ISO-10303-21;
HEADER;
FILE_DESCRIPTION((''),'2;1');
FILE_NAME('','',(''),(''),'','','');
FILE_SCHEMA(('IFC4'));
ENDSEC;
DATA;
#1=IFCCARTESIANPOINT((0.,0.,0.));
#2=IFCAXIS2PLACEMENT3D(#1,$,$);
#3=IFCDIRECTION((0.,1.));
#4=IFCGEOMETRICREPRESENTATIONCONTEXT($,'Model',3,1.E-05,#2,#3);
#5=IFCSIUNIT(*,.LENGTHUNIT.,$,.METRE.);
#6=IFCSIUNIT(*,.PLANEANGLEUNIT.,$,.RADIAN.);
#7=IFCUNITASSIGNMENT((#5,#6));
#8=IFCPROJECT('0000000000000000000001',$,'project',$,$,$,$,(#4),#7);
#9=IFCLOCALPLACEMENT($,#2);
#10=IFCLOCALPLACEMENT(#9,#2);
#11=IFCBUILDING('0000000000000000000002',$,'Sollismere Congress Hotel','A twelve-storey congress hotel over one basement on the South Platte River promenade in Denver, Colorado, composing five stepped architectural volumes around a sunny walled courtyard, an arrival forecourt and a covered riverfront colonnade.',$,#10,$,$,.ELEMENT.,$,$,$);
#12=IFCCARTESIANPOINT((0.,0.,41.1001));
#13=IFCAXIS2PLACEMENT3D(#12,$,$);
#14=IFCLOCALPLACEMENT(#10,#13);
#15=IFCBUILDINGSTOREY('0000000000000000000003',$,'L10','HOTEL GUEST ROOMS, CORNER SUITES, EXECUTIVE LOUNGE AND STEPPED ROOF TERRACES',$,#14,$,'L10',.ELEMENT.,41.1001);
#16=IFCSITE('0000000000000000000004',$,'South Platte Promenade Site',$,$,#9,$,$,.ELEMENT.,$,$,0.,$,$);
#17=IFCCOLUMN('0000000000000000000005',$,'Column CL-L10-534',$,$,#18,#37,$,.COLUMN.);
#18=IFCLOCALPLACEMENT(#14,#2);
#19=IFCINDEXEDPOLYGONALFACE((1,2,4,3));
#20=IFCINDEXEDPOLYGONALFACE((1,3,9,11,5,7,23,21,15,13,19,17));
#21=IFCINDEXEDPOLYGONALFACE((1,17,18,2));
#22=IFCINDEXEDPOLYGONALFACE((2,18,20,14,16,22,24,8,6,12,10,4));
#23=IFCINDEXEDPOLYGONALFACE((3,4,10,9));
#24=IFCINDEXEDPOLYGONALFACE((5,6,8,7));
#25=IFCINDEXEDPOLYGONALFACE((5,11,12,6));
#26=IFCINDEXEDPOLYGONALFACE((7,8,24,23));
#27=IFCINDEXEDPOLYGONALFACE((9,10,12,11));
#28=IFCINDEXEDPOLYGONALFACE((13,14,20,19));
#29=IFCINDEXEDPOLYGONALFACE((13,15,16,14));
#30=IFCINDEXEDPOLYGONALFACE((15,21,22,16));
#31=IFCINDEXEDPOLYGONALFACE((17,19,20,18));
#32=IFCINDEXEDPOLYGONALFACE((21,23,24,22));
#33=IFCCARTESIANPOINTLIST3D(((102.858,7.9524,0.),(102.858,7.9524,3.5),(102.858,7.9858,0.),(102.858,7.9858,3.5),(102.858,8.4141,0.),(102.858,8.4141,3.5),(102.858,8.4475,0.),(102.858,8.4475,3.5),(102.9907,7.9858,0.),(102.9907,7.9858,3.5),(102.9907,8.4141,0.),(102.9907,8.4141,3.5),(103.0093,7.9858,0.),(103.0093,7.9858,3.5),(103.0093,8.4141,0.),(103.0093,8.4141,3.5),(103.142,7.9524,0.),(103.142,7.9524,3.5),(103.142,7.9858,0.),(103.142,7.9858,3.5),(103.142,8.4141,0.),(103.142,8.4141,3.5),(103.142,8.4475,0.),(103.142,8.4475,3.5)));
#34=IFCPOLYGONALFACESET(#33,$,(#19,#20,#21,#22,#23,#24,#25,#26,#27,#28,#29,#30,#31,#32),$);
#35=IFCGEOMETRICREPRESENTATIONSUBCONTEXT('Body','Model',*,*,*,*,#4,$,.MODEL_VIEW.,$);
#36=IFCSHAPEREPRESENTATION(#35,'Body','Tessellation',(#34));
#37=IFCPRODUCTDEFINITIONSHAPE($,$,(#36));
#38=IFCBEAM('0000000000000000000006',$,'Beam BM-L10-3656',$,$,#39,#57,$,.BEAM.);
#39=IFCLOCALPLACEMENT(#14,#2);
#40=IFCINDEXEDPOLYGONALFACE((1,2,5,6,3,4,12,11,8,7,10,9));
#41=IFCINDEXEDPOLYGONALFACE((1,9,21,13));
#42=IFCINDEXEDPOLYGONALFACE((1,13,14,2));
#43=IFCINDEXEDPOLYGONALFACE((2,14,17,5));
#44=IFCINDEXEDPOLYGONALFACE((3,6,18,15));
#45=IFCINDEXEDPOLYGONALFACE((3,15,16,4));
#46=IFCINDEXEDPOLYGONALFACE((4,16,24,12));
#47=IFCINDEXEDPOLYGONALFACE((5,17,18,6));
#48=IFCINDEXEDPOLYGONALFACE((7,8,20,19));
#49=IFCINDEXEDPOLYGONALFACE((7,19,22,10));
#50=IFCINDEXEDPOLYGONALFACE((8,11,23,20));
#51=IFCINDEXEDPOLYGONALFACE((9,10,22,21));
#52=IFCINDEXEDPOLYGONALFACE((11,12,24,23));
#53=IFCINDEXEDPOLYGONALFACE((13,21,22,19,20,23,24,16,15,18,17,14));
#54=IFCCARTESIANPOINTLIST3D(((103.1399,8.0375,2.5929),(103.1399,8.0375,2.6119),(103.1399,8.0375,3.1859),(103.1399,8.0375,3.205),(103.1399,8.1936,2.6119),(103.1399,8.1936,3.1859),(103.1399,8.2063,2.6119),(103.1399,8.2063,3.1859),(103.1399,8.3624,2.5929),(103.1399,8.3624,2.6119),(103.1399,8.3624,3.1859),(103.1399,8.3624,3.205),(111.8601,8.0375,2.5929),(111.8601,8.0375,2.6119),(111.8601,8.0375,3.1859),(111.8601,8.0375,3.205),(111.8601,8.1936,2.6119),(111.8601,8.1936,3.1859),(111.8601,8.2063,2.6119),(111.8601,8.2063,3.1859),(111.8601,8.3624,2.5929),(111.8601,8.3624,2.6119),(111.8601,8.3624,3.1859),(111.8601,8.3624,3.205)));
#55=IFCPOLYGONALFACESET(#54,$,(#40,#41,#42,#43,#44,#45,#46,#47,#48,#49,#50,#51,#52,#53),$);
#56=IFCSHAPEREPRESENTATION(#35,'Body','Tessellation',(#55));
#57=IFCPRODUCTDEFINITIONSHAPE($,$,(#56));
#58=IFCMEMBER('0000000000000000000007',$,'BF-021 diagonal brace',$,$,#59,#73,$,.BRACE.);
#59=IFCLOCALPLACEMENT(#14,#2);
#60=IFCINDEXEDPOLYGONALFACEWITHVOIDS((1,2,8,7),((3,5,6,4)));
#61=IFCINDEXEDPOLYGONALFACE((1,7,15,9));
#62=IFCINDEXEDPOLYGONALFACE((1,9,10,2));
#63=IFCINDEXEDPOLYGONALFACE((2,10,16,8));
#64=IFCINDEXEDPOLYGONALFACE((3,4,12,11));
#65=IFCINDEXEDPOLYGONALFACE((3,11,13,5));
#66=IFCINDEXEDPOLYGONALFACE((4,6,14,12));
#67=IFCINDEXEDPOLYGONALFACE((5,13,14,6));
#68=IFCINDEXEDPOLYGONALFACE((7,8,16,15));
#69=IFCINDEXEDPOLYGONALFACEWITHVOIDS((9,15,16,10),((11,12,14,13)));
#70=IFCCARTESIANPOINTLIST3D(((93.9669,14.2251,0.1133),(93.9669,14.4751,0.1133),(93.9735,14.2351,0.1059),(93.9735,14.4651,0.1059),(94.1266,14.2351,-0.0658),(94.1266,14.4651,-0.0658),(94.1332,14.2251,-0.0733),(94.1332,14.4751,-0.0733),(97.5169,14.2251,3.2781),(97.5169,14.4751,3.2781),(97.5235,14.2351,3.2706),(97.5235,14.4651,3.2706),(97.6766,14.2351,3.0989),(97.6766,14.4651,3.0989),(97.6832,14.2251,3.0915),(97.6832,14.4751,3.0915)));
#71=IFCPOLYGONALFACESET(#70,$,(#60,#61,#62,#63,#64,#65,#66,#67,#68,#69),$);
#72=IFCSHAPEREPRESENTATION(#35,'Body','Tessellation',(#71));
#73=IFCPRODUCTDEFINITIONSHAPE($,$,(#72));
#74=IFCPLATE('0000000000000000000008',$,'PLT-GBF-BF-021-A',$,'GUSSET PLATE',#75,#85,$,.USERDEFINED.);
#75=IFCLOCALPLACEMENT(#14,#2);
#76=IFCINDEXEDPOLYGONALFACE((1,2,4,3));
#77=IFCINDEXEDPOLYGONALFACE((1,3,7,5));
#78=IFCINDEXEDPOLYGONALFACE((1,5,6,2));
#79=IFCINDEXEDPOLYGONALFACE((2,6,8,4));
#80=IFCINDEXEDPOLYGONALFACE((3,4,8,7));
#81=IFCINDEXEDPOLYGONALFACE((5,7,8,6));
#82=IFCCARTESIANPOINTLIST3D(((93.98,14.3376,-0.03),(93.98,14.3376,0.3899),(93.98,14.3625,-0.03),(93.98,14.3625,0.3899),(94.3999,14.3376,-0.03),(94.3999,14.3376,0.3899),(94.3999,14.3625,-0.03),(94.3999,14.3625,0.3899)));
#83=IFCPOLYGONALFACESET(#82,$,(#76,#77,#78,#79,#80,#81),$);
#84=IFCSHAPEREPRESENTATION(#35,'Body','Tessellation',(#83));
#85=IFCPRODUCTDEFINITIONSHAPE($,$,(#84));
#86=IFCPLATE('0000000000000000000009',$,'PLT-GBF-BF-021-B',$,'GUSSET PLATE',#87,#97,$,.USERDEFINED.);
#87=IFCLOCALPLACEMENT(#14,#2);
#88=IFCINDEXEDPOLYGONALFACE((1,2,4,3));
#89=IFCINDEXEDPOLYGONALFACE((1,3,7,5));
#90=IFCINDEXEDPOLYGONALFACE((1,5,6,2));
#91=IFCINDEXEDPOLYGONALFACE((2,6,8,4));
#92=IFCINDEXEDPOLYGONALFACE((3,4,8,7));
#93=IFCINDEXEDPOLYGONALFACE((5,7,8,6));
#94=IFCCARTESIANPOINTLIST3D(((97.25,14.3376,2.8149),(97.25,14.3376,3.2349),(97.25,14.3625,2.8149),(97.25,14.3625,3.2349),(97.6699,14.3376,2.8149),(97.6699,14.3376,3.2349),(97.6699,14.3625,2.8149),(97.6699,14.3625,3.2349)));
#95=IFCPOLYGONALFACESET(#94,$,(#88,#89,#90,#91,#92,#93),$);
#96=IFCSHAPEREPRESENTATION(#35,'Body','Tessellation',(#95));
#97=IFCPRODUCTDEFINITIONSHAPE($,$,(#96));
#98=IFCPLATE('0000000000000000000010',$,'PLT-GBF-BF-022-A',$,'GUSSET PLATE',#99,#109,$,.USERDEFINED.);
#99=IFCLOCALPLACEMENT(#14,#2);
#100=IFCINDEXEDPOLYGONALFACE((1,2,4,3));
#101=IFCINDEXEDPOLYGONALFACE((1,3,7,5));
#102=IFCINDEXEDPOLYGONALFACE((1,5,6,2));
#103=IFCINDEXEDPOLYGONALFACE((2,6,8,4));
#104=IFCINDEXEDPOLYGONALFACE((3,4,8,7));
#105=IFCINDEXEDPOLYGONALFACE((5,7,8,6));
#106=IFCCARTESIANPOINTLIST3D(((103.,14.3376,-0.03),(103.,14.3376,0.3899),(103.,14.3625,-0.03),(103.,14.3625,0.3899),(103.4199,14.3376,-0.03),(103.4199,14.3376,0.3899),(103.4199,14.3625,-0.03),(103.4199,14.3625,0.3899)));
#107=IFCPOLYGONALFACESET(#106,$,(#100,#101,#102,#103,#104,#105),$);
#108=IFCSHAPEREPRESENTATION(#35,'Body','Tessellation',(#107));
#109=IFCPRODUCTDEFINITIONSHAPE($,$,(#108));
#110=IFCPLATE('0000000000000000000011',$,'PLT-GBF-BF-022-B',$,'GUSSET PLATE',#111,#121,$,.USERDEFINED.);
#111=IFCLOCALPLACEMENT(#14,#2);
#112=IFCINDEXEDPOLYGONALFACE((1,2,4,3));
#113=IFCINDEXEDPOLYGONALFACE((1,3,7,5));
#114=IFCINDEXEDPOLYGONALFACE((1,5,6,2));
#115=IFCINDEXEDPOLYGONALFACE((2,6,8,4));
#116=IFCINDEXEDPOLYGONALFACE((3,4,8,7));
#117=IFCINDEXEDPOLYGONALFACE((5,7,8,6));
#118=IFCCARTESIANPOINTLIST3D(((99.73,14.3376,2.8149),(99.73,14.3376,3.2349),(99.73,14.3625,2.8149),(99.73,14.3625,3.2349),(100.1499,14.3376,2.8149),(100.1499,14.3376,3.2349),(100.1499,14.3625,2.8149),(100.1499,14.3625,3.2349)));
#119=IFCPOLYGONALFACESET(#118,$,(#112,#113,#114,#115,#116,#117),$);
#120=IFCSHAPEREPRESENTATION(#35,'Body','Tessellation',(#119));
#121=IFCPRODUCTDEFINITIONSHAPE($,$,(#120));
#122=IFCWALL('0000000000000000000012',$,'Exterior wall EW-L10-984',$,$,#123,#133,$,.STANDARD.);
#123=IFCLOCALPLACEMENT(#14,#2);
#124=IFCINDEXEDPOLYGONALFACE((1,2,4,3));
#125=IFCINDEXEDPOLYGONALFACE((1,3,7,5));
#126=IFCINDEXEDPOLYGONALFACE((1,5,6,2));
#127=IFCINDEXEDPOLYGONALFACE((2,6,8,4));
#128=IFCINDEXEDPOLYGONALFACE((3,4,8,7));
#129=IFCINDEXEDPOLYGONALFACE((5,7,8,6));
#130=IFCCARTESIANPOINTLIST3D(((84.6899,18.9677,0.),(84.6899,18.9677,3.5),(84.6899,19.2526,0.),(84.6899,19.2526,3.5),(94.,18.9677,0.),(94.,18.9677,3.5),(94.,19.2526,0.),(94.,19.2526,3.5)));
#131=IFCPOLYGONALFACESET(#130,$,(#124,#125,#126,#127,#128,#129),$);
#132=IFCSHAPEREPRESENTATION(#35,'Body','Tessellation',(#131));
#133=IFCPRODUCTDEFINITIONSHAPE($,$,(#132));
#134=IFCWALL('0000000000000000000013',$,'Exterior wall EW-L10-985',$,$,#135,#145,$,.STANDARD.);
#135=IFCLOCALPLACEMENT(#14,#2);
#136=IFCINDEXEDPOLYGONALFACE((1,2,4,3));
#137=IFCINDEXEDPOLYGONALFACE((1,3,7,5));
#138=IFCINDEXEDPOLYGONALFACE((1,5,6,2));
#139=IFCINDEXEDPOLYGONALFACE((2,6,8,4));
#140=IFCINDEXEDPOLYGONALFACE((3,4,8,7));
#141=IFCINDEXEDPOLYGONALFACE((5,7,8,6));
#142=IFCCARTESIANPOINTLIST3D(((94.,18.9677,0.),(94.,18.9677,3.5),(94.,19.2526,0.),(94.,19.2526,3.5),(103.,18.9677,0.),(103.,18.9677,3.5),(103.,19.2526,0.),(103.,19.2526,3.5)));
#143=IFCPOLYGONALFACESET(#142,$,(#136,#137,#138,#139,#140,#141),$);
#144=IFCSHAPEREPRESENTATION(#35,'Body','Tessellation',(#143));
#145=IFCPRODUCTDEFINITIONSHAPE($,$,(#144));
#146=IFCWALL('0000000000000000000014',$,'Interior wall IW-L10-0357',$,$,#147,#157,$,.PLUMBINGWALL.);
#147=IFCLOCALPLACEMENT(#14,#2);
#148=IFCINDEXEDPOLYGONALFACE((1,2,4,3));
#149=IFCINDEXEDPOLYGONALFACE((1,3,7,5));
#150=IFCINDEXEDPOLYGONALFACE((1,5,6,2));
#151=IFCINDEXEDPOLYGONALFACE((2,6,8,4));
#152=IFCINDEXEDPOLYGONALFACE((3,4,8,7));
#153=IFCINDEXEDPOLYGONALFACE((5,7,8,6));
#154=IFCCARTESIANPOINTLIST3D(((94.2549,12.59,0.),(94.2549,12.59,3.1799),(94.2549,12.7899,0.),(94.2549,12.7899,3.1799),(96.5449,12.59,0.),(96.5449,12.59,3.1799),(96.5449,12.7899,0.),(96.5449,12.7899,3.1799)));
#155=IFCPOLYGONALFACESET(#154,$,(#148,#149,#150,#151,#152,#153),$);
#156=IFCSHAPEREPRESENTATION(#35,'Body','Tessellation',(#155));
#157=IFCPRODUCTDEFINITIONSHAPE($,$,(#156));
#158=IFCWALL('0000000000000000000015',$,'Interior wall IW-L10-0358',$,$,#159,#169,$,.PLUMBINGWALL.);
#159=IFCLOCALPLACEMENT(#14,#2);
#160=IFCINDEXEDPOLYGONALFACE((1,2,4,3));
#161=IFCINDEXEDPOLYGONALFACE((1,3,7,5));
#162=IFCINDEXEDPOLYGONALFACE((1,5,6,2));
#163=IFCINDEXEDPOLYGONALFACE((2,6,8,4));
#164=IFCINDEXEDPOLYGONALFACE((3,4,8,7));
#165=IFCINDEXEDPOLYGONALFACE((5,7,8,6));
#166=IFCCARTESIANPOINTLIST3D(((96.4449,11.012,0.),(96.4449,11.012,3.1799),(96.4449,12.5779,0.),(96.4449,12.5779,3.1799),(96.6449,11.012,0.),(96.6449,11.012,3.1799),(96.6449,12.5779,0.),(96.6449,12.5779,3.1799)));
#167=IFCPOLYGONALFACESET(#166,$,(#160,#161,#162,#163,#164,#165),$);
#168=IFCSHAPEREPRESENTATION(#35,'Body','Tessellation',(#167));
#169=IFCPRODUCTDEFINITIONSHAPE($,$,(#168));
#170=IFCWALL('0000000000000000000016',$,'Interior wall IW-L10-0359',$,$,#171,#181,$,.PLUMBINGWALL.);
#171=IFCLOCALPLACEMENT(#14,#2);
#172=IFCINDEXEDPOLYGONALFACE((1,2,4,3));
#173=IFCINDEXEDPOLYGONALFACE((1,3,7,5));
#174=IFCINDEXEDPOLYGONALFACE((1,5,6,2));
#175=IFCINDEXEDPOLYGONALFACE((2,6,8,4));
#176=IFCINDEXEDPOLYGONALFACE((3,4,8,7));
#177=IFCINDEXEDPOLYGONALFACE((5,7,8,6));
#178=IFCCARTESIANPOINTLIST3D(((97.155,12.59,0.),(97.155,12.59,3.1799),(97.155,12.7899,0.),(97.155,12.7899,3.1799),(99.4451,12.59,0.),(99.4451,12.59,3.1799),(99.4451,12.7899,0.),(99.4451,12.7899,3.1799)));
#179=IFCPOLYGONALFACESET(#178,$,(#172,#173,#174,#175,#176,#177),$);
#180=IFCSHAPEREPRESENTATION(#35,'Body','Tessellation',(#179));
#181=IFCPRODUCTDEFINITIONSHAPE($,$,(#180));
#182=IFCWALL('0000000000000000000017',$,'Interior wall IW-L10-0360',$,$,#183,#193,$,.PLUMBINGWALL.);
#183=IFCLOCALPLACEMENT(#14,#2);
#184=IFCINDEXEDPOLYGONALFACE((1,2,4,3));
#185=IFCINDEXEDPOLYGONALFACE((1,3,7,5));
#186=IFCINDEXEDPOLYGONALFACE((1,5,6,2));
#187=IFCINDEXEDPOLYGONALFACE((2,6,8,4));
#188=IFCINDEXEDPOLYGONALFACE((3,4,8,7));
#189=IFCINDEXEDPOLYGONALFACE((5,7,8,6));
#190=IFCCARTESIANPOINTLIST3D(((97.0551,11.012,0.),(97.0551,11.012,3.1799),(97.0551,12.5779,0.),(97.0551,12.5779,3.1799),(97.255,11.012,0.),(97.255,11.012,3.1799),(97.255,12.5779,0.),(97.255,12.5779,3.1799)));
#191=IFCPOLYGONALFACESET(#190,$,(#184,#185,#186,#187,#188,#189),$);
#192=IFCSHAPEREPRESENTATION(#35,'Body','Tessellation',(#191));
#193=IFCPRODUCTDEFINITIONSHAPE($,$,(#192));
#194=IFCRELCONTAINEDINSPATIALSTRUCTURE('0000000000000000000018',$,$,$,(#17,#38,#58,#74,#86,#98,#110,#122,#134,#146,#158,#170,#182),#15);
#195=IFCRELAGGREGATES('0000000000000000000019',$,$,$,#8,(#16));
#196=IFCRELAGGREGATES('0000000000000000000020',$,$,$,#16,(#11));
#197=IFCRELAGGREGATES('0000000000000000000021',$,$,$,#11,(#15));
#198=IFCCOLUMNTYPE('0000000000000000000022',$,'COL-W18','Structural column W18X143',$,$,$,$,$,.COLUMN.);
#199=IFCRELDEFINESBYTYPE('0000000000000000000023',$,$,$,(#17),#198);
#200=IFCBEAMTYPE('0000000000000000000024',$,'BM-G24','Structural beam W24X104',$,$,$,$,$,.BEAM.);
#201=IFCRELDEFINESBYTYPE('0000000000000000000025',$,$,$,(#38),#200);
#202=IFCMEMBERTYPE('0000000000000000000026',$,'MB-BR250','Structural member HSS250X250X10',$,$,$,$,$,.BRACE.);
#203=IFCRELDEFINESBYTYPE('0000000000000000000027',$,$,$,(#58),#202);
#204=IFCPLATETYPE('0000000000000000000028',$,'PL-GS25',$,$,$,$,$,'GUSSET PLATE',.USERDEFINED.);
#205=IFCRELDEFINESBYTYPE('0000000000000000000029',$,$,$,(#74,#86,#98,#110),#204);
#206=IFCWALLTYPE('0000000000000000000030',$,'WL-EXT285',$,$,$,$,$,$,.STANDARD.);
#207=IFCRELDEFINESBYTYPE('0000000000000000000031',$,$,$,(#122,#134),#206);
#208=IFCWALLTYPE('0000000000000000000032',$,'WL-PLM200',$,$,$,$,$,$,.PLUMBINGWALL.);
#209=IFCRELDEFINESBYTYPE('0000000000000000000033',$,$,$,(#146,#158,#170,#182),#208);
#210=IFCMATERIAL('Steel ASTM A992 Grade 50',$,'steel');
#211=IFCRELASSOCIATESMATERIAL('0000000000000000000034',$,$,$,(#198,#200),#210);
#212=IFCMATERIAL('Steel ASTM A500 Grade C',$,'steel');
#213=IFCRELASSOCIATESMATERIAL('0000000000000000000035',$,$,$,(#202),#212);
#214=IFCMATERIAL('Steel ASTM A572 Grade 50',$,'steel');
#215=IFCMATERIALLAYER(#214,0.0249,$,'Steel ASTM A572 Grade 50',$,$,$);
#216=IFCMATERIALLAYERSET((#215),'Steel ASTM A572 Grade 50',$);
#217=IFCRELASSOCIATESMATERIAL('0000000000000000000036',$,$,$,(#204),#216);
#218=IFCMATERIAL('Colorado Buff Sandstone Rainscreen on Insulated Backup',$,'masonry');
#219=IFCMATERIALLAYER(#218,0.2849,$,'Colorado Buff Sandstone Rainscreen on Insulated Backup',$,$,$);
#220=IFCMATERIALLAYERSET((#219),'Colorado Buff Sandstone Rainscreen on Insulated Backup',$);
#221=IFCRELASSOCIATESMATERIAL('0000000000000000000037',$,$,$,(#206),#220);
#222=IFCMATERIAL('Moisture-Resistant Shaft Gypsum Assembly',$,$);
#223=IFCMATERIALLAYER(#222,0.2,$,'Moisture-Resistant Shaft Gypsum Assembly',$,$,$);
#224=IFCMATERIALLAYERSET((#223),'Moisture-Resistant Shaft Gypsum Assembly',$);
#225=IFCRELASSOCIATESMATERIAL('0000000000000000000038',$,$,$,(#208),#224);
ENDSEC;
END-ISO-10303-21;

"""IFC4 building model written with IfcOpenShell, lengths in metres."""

from ifc_helpers import new_model, si_unit, direction, frame, frame_2d, origin, origin_2d, place, context, subcontext, project, spatial, rectangle, hollow_rectangle, i_section, extrude, material, layer, layer_set, material_profile, profile_set, type_object, element, save


model = new_model("IFC4")

# Units and contexts
model_context = context("Model", 3, precision=1e-05, world=origin(), true_north=direction((0.0, 1.0)))
body_context = subcontext(model_context, "Body", "Model", "MODEL_VIEW")
ifc_project = project(units=[si_unit("LENGTHUNIT", "METRE"), si_unit("PLANEANGLEUNIT", "RADIAN")], contexts=[model_context])

# Site, building, storey
site_placement = place(None, origin())
site = spatial("IfcSite", under=ifc_project, at=site_placement, Name="South Platte Promenade Site", CompositionType="ELEMENT", RefElevation=0.0)
building_placement = place(site_placement, origin())
building = spatial("IfcBuilding", under=site, at=building_placement, Name="Sollismere Congress Hotel", Description="A twelve-storey congress hotel over one basement on the South Platte River promenade in Denver, Colorado, composing five stepped architectural volumes around a sunny walled courtyard, an arrival forecourt and a covered riverfront colonnade.", CompositionType="ELEMENT")
storey_placement = place(building_placement, frame((0.0, 0.0, 41.1001)))
storey = spatial("IfcBuildingStorey", under=building, at=storey_placement, Name="L10", Description="HOTEL GUEST ROOMS, CORNER SUITES, EXECUTIVE LOUNGE AND STEPPED ROOF TERRACES", LongName="L10", CompositionType="ELEMENT", Elevation=41.1001)

# Column
ifc_material_1 = material(Name="Steel ASTM A992 Grade 50", Category="steel")
ifc_material_profile_1 = material_profile(ifc_material_1, i_section(OverallWidth=0.2839, OverallDepth=0.4951, WebThickness=0.0186, FlangeThickness=0.0334, at=origin_2d()), Name="W18X143")
ifc_profile_set_1 = profile_set([ifc_material_profile_1], Name="Steel ASTM A992 Grade 50")
column_type = type_object("IfcColumnType", Name="COL-W18", Description="Structural column W18X143", PredefinedType="COLUMN", material=ifc_profile_set_1)
column_placement = place(storey_placement, frame((103.0, 8.2, 0.0), z_axis=(0.0, 0.0, 1.0), x_axis=(1.0, 0.0, 0.0)))
element("IfcColumn", 1, at=column_placement, inside=storey, type_object=column_type, Name="Column CL-L10-534", PredefinedType="COLUMN", context=body_context, shape_type="SweptSolid", body=[
    extrude(i_section(OverallWidth=0.2839, OverallDepth=0.4951, WebThickness=0.0186, FlangeThickness=0.0334, at=origin_2d()), origin(), (0.0, 0.0, 1.0), 3.5),
])

# Beam
ifc_material_profile_2 = material_profile(ifc_material_1, i_section(OverallWidth=0.325, OverallDepth=0.6121, WebThickness=0.0127, FlangeThickness=0.019, at=origin_2d()), Name="W24X104")
ifc_profile_set_2 = profile_set([ifc_material_profile_2], Name="Steel ASTM A992 Grade 50")
beam_type = type_object("IfcBeamType", Name="BM-G24", Description="Structural beam W24X104", PredefinedType="BEAM", material=ifc_profile_set_2)
beam_placement = place(storey_placement, frame((103.1399, 8.2, 2.8989), z_axis=(1.0, 0.0, 0.0), x_axis=(0.0, 1.0, 0.0)))
element("IfcBeam", 2, at=beam_placement, inside=storey, type_object=beam_type, Name="Beam BM-L10-3656", PredefinedType="BEAM", context=body_context, shape_type="SweptSolid", body=[
    extrude(i_section(OverallWidth=0.325, OverallDepth=0.6121, WebThickness=0.0127, FlangeThickness=0.019, at=origin_2d()), origin(), (0.0, 0.0, 1.0), 8.7202),
])

# Member
ifc_material_2 = material(Name="Steel ASTM A500 Grade C", Category="steel")
ifc_material_profile_3 = material_profile(ifc_material_2, hollow_rectangle(XDim=0.25, YDim=0.25, WallThickness=0.01, at=origin_2d()), Name="HSS250X250X10")
ifc_profile_set_3 = profile_set([ifc_material_profile_3], Name="Steel ASTM A500 Grade C")
member_type = type_object("IfcMemberType", Name="MB-BR250", Description="Structural member HSS250X250X10", PredefinedType="BRACE", material=ifc_profile_set_3)
member_placement = place(storey_placement, frame((94.05, 14.3501, 0.02), z_axis=(0.746448, 0.0, 0.665443), x_axis=(0.0, 1.0, 0.0)))
element("IfcMember", 3, at=member_placement, inside=storey, type_object=member_type, Name="BF-021 diagonal brace", PredefinedType="BRACE", context=body_context, shape_type="SweptSolid", body=[
    extrude(hollow_rectangle(XDim=0.25, YDim=0.25, WallThickness=0.01, at=origin_2d()), origin(), (0.0, 0.0, 1.0), 4.7559),
])

# Plates
ifc_material_3 = material(Name="Steel ASTM A572 Grade 50", Category="steel")
ifc_layer_1 = layer(ifc_material_3, 0.0249, Name="Steel ASTM A572 Grade 50")
ifc_layer_set_1 = layer_set([ifc_layer_1], Name="Steel ASTM A572 Grade 50")
plate_type = type_object("IfcPlateType", Name="PL-GS25", ElementType="GUSSET PLATE", PredefinedType="USERDEFINED", material=ifc_layer_set_1)
for number, where, z_axis, x_axis, name in (
    (4, (94.1899, 14.3501, -0.03), (0.0, 0.0, 1.0), (1.0, 0.0, 0.0), "PLT-GBF-BF-021-A"),
    (5, (97.46, 14.3501, 2.8149), (0.0, 0.0, 1.0), (1.0, 0.0, 0.0), "PLT-GBF-BF-021-B"),
    (6, (103.21, 14.3501, -0.03), (0.0, 0.0, 1.0), (1.0, 0.0, 0.0), "PLT-GBF-BF-022-A"),
    (7, (99.9399, 14.3501, 2.8149), (0.0, 0.0, 1.0), (1.0, 0.0, 0.0), "PLT-GBF-BF-022-B"),
):
    element("IfcPlate", number, at=place(storey_placement, frame(where, z_axis=z_axis, x_axis=x_axis)), inside=storey, type_object=plate_type, Name=name, ObjectType="GUSSET PLATE", PredefinedType="USERDEFINED", context=body_context, shape_type="SweptSolid", body=[
        extrude(rectangle(XDim=0.4199, YDim=0.0249, at=origin_2d()), origin(), (0.0, 0.0, 1.0), 0.4199),
    ])

# Walls
ifc_material_4 = material(Name="Colorado Buff Sandstone Rainscreen on Insulated Backup", Category="masonry")
ifc_layer_2 = layer(ifc_material_4, 0.2849, Name="Colorado Buff Sandstone Rainscreen on Insulated Backup")
ifc_layer_set_2 = layer_set([ifc_layer_2], Name="Colorado Buff Sandstone Rainscreen on Insulated Backup")
wall_type_1 = type_object("IfcWallType", Name="WL-EXT285", PredefinedType="STANDARD", material=ifc_layer_set_2)
wall_1_placement = place(storey_placement, frame((94.0, 19.1101, 0.0), z_axis=(0.0, 0.0, 1.0), x_axis=(-1.0, 0.0, 0.0)))
element("IfcWall", 8, at=wall_1_placement, inside=storey, type_object=wall_type_1, Name="Exterior wall EW-L10-984", PredefinedType="STANDARD", context=body_context, shape_type="SweptSolid", body=[
    extrude(rectangle(XDim=9.3101, YDim=0.2849, at=frame_2d((4.655, 0.0))), origin(), (0.0, 0.0, 1.0), 3.5),
])
wall_2_placement = place(storey_placement, frame((103.0, 19.1101, 0.0), z_axis=(0.0, 0.0, 1.0), x_axis=(-1.0, 0.0, 0.0)))
element("IfcWall", 9, at=wall_2_placement, inside=storey, type_object=wall_type_1, Name="Exterior wall EW-L10-985", PredefinedType="STANDARD", context=body_context, shape_type="SweptSolid", body=[
    extrude(rectangle(XDim=9.0, YDim=0.2849, at=frame_2d((4.5, 0.0))), origin(), (0.0, 0.0, 1.0), 3.5),
])
ifc_material_5 = material(Name="Moisture-Resistant Shaft Gypsum Assembly")
ifc_layer_3 = layer(ifc_material_5, 0.2, Name="Moisture-Resistant Shaft Gypsum Assembly")
ifc_layer_set_3 = layer_set([ifc_layer_3], Name="Moisture-Resistant Shaft Gypsum Assembly")
wall_type_2 = type_object("IfcWallType", Name="WL-PLM200", PredefinedType="PLUMBINGWALL", material=ifc_layer_set_3)
wall_3_placement = place(storey_placement, frame((94.2549, 12.6899, 0.0), z_axis=(0.0, 0.0, 1.0), x_axis=(1.0, 0.0, 0.0)))
element("IfcWall", 10, at=wall_3_placement, inside=storey, type_object=wall_type_2, Name="Interior wall IW-L10-0357", PredefinedType="PLUMBINGWALL", context=body_context, shape_type="SweptSolid", body=[
    extrude(rectangle(XDim=2.29, YDim=0.2, at=frame_2d((1.145, 0.0))), origin(), (0.0, 0.0, 1.0), 3.1799),
])
wall_4_placement = place(storey_placement, frame((96.5449, 11.012, 0.0), z_axis=(0.0, 0.0, 1.0), x_axis=(0.0, 1.0, 0.0)))
element("IfcWall", 11, at=wall_4_placement, inside=storey, type_object=wall_type_2, Name="Interior wall IW-L10-0358", PredefinedType="PLUMBINGWALL", context=body_context, shape_type="SweptSolid", body=[
    extrude(rectangle(XDim=1.5659, YDim=0.2, at=frame_2d((0.783, 0.0))), origin(), (0.0, 0.0, 1.0), 3.1799),
])
wall_5_placement = place(storey_placement, frame((97.155, 12.6899, 0.0), z_axis=(0.0, 0.0, 1.0), x_axis=(1.0, 0.0, 0.0)))
element("IfcWall", 12, at=wall_5_placement, inside=storey, type_object=wall_type_2, Name="Interior wall IW-L10-0359", PredefinedType="PLUMBINGWALL", context=body_context, shape_type="SweptSolid", body=[
    extrude(rectangle(XDim=2.29, YDim=0.2, at=frame_2d((1.145, 0.0))), origin(), (0.0, 0.0, 1.0), 3.1799),
])
for number, where, z_axis, x_axis, name in (
    (13, (97.155, 11.012, 0.0), (0.0, 0.0, 1.0), (0.0, 1.0, 0.0), "Interior wall IW-L10-0360"),
):
    element("IfcWall", number, at=place(storey_placement, frame(where, z_axis=z_axis, x_axis=x_axis)), inside=storey, type_object=wall_type_2, Name=name, PredefinedType="PLUMBINGWALL", context=body_context, shape_type="SweptSolid", body=[
        extrude(rectangle(XDim=1.5659, YDim=0.2, at=frame_2d((0.783, 0.0))), origin(), (0.0, 0.0, 1.0), 3.1799),
    ])

save(model, "model.ifc")
